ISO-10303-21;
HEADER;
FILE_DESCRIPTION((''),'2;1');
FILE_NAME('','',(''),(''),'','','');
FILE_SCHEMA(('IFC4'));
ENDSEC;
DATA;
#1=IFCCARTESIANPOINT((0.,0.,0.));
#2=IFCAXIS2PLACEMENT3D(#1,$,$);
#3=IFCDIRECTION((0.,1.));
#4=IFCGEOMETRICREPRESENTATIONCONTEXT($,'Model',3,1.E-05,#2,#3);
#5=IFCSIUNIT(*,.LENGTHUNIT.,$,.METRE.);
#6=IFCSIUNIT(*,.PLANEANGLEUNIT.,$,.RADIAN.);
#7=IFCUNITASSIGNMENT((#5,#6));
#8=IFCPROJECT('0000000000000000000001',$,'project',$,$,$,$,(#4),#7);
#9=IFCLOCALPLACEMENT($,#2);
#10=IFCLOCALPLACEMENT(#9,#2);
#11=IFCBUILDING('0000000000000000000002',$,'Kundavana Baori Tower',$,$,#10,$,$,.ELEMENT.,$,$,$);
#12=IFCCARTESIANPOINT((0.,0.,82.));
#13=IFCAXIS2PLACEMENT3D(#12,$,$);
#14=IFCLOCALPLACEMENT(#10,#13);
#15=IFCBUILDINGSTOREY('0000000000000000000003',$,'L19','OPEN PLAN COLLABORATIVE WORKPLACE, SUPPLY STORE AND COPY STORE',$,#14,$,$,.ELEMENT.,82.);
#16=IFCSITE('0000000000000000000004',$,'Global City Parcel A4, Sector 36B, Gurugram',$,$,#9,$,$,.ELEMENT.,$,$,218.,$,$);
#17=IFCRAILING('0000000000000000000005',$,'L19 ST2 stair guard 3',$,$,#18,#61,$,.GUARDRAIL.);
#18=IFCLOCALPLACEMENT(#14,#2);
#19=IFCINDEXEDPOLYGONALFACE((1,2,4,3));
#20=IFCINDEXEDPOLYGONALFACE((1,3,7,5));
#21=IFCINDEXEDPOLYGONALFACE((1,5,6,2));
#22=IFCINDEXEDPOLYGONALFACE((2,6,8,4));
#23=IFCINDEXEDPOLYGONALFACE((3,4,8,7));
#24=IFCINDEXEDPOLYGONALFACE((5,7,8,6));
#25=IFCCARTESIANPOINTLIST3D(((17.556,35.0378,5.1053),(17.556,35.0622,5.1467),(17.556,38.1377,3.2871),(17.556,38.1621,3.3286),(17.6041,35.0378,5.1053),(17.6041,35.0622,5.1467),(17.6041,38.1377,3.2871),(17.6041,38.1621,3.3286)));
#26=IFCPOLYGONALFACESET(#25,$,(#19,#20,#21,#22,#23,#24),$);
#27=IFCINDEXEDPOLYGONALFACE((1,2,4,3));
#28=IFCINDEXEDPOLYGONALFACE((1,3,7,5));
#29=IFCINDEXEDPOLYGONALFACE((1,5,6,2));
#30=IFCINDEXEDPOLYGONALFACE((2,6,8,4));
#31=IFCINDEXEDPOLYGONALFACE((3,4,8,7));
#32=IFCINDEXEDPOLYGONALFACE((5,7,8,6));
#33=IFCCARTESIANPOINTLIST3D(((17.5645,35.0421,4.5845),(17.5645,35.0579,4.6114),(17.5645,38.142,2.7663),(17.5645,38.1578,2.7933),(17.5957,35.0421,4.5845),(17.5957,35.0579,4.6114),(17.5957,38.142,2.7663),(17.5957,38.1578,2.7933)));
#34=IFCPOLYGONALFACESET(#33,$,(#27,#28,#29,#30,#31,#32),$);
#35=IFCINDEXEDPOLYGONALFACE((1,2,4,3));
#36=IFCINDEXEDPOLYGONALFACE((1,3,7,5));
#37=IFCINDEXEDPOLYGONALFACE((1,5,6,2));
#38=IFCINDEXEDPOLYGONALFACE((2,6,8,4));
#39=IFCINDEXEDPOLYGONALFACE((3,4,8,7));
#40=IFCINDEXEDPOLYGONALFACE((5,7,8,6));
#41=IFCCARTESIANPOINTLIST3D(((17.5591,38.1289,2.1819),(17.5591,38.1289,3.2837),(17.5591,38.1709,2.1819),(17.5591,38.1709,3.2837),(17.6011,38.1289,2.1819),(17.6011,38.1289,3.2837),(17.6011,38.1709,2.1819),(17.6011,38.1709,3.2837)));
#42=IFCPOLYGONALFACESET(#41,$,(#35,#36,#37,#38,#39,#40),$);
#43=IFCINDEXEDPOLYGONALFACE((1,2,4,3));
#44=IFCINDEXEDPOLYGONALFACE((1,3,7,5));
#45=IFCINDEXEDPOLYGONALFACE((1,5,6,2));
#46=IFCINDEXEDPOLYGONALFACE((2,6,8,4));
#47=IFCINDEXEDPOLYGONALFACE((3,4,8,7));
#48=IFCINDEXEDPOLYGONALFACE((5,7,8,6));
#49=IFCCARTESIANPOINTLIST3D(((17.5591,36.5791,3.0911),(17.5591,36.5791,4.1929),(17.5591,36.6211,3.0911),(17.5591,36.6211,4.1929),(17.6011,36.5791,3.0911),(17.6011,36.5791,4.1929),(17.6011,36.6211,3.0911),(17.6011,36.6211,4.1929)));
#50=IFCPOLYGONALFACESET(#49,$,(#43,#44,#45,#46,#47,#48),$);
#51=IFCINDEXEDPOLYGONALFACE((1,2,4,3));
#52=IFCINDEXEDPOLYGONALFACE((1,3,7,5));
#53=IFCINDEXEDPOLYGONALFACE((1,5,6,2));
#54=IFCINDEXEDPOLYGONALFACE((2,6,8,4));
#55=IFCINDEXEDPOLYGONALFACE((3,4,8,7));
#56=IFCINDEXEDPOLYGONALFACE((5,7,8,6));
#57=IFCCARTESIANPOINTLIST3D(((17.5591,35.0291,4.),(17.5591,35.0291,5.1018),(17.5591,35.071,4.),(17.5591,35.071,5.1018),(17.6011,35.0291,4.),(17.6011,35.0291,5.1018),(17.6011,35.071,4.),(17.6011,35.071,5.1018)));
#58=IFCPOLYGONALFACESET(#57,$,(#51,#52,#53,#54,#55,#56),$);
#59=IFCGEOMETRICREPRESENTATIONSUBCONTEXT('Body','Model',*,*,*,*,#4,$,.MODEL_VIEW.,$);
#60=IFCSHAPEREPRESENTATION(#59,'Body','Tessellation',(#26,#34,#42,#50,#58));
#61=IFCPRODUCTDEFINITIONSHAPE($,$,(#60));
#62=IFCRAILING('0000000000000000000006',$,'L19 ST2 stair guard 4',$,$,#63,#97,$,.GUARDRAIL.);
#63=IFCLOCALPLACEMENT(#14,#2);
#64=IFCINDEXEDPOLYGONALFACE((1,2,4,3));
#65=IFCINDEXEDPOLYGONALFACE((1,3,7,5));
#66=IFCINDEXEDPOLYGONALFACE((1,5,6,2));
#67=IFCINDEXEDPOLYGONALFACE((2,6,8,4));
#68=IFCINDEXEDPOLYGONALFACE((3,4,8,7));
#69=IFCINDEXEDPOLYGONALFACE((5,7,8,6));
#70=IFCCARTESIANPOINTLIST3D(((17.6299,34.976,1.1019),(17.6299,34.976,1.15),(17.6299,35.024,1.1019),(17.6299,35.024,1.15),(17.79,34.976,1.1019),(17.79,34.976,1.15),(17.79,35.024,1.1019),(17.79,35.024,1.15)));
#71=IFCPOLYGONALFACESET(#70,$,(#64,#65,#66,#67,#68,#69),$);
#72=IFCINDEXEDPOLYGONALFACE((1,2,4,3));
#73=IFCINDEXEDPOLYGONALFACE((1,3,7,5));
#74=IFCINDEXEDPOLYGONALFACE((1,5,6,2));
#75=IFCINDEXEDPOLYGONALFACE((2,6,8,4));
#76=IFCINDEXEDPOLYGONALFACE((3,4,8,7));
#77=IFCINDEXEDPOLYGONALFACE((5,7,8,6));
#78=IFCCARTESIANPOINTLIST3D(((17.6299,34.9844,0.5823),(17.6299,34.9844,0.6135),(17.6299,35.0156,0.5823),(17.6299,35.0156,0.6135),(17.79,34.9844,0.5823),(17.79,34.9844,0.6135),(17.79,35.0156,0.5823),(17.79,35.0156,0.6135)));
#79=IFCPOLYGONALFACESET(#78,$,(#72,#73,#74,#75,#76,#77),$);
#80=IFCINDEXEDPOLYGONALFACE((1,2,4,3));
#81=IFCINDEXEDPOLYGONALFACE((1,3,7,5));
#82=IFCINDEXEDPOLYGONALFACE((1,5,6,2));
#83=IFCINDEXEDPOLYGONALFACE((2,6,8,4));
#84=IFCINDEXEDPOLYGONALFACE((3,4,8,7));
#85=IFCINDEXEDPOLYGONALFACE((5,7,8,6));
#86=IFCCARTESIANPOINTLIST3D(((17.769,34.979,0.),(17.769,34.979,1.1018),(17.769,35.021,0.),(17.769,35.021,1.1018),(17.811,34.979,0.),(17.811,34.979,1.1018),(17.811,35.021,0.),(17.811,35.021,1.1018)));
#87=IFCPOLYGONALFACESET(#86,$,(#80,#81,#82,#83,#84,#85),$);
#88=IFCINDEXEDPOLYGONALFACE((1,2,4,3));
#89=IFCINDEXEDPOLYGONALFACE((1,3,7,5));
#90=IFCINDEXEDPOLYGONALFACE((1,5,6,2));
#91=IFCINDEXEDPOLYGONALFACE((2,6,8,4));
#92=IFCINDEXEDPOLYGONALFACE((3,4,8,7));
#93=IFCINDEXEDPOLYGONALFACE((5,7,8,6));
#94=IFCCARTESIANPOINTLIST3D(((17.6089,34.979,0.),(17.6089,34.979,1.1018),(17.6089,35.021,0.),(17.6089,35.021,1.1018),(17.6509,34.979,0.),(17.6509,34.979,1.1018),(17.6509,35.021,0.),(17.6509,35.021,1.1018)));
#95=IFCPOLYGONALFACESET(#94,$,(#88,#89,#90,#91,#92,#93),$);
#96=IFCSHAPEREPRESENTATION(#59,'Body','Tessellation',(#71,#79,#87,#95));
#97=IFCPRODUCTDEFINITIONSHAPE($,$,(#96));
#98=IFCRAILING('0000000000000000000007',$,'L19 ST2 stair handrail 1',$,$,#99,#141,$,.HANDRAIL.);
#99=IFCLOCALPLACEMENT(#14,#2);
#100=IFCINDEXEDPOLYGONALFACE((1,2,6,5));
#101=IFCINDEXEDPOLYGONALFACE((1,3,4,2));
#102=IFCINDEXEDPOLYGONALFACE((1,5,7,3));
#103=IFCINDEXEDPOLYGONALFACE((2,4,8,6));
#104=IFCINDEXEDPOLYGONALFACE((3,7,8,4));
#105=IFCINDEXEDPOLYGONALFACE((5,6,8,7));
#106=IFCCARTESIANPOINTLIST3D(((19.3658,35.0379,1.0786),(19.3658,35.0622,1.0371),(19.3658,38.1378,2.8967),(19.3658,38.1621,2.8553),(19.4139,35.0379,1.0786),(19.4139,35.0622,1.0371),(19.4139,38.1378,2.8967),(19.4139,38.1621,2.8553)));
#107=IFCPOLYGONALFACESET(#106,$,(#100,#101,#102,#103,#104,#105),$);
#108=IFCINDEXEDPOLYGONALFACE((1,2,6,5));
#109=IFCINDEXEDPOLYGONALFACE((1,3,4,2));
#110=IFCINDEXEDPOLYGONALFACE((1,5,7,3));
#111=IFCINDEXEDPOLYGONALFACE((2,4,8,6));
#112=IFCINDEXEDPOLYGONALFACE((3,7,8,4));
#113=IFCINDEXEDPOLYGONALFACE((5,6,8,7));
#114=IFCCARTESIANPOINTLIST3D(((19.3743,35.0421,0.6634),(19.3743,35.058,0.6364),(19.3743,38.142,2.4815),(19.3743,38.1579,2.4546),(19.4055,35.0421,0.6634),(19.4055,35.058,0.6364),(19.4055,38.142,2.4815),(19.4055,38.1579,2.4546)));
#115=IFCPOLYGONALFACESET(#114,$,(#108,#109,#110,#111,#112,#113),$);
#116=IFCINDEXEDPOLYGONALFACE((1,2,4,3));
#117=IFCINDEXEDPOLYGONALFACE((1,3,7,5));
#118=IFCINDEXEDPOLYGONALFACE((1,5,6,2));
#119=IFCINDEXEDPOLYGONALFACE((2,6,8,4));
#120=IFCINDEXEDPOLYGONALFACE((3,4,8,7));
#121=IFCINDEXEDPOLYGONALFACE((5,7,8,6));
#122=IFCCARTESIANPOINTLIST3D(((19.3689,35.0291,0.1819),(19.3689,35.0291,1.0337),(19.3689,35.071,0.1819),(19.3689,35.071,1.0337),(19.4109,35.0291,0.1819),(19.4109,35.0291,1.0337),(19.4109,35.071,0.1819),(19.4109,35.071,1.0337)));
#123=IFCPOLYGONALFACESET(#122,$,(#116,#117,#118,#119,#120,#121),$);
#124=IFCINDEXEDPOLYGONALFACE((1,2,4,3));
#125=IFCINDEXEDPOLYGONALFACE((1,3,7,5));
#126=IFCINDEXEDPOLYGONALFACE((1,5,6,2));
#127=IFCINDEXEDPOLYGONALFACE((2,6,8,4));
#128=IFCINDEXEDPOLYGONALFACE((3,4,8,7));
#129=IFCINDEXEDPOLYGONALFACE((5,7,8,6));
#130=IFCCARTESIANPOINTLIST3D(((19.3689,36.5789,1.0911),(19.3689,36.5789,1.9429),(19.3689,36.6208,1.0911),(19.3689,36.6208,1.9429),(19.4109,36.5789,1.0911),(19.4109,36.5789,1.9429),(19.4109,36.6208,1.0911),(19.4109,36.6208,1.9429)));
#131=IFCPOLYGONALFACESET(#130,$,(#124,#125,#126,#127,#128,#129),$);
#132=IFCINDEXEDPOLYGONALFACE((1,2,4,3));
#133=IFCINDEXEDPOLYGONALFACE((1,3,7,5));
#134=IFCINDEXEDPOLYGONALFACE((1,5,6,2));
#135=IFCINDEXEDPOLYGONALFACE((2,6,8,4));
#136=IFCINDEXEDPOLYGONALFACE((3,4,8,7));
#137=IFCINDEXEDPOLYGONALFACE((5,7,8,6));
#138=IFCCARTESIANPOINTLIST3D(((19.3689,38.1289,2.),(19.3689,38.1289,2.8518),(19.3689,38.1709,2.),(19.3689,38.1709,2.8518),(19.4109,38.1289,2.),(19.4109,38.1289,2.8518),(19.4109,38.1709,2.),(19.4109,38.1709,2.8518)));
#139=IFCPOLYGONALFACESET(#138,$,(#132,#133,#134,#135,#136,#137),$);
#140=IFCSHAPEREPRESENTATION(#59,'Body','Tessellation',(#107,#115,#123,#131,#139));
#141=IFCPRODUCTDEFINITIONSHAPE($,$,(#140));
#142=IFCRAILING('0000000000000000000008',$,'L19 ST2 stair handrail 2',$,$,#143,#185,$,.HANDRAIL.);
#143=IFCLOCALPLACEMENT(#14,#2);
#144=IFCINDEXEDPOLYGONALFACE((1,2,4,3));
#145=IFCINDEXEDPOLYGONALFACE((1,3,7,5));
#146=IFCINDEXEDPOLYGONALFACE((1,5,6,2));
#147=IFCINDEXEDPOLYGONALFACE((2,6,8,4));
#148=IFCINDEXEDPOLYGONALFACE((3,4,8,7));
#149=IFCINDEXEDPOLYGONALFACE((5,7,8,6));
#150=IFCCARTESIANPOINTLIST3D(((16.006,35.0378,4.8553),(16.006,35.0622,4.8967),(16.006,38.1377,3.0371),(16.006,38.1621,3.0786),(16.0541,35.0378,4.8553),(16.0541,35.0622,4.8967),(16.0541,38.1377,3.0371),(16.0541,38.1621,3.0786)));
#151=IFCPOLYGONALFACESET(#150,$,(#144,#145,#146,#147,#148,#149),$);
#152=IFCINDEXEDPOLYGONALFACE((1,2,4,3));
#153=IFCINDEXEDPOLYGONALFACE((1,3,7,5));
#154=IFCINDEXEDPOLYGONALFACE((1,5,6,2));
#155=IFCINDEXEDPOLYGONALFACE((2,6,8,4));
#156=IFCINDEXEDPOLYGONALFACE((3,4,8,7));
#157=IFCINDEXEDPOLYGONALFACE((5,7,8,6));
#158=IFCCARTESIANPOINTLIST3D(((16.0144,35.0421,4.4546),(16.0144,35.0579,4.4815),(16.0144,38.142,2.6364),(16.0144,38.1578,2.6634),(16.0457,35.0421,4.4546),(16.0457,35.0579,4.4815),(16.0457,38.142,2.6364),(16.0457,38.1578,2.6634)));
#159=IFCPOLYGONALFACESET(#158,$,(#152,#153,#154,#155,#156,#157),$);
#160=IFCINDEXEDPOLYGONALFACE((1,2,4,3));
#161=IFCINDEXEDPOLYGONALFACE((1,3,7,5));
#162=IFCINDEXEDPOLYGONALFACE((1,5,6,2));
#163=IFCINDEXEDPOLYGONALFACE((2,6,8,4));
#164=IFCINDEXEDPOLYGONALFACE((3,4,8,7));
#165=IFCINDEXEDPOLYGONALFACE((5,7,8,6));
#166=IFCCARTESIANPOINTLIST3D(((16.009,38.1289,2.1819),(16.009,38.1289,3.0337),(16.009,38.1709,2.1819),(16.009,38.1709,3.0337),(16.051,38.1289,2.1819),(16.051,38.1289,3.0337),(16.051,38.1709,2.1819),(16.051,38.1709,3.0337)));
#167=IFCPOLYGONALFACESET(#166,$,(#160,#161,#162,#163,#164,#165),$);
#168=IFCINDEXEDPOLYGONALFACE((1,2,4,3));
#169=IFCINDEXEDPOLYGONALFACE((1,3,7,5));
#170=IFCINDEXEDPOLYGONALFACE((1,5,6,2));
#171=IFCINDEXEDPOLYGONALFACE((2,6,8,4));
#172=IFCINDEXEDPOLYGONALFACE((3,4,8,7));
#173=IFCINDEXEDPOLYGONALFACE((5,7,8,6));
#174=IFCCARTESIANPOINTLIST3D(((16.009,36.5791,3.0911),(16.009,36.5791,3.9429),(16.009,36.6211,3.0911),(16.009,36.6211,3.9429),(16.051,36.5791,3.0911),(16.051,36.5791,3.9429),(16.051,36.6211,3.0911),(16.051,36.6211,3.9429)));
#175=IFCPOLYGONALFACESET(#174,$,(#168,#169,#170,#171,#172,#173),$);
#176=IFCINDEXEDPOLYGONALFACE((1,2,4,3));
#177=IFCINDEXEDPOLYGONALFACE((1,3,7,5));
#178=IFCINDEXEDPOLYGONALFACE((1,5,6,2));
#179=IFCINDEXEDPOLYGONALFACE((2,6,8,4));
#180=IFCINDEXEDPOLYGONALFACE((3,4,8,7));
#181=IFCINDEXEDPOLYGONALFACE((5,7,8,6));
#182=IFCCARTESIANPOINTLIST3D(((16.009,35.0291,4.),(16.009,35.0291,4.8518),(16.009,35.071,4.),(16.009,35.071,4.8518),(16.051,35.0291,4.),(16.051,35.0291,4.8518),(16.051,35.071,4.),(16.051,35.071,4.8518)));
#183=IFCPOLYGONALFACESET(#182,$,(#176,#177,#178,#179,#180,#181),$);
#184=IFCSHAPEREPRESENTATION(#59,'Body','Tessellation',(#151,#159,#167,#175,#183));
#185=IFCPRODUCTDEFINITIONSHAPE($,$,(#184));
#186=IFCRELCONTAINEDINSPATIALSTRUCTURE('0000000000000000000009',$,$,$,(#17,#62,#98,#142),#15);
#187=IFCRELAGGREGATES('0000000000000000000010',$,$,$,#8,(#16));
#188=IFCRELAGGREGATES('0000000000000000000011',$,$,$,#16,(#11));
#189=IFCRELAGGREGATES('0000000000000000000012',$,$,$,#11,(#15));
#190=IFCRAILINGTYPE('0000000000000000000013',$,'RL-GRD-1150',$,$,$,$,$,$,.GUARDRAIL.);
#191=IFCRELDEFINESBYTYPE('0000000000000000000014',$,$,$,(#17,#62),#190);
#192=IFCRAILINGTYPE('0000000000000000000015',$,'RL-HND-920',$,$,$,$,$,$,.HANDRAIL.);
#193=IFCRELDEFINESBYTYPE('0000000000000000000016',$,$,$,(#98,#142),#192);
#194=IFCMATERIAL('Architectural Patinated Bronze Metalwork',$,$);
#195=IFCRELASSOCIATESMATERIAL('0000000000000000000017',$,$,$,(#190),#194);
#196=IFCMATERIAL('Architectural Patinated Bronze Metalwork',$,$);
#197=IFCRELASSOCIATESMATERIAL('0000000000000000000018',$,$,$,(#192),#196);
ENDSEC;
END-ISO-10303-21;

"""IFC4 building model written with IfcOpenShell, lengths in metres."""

from ifc_helpers import new_model, si_unit, direction, frame, origin, origin_2d, place, context, subcontext, project, spatial, rectangle, extrude, material, type_object, element, save


model = new_model("IFC4")

# Units and contexts
model_context = context("Model", 3, precision=1e-05, world=origin(), true_north=direction((0.0, 1.0)))
body_context = subcontext(model_context, "Body", "Model", "MODEL_VIEW")
ifc_project = project(units=[si_unit("LENGTHUNIT", "METRE"), si_unit("PLANEANGLEUNIT", "RADIAN")], contexts=[model_context])

# Site, building, storey
site_placement = place(None, origin())
site = spatial("IfcSite", under=ifc_project, at=site_placement, Name="Global City Parcel A4, Sector 36B, Gurugram", CompositionType="ELEMENT", RefElevation=218.0)
building_placement = place(site_placement, origin())
building = spatial("IfcBuilding", under=site, at=building_placement, Name="Kundavana Baori Tower", CompositionType="ELEMENT")
storey_placement = place(building_placement, frame((0.0, 0.0, 82.0)))
storey = spatial("IfcBuildingStorey", under=building, at=storey_placement, Name="L19", Description="OPEN PLAN COLLABORATIVE WORKPLACE, SUPPLY STORE AND COPY STORE", CompositionType="ELEMENT", Elevation=82.0)

# Railings
ifc_material_1 = material(Name="Architectural Patinated Bronze Metalwork")
railing_type_1 = type_object("IfcRailingType", Name="RL-GRD-1150", PredefinedType="GUARDRAIL", material=ifc_material_1)
railing_1_placement = place(storey_placement, frame((17.5801, 38.1499, 2.1819)))
element("IfcRailing", 1, at=railing_1_placement, inside=storey, type_object=railing_type_1, Name="L19 ST2 stair guard 3", PredefinedType="GUARDRAIL", context=body_context, shape_type="SweptSolid", body=[
    extrude(rectangle(XDim=0.0481, YDim=0.0481, at=origin_2d()), frame((0.0, 0.0, 1.126), z_axis=(0.0, -0.862581, 0.505918), x_axis=(1.0, 0.0, 0.0)), (0.0, 0.0, 1.0), 3.5938),
    extrude(rectangle(XDim=0.0312, YDim=0.0312, at=origin_2d()), frame((0.0, 0.0, 0.5979), z_axis=(0.0, -0.862581, 0.505918), x_axis=(1.0, 0.0, 0.0)), (0.0, 0.0, 1.0), 3.5938),
    extrude(rectangle(XDim=0.042, YDim=0.042, at=origin_2d()), origin(), (0.0, 0.0, 1.0), 1.1018),
    extrude(rectangle(XDim=0.042, YDim=0.042, at=origin_2d()), frame((0.0, -1.5498, 0.9092)), (0.0, 0.0, 1.0), 1.1018),
    extrude(rectangle(XDim=0.042, YDim=0.042, at=origin_2d()), frame((0.0, -3.0999, 1.8181)), (0.0, 0.0, 1.0), 1.1018),
])
railing_2_placement = place(storey_placement, frame((17.79, 35.0, 0.0)))
element("IfcRailing", 2, at=railing_2_placement, inside=storey, type_object=railing_type_1, Name="L19 ST2 stair guard 4", PredefinedType="GUARDRAIL", context=body_context, shape_type="SweptSolid", body=[
    extrude(rectangle(XDim=0.0481, YDim=0.0481, at=origin_2d()), frame((0.0, 0.0, 1.126), z_axis=(-1.0, 0.0, 0.0), x_axis=(0.0, -1.0, 0.0)), (0.0, 0.0, 1.0), 0.1602),
    extrude(rectangle(XDim=0.0312, YDim=0.0312, at=origin_2d()), frame((0.0, 0.0, 0.5979), z_axis=(-1.0, 0.0, 0.0), x_axis=(0.0, -1.0, 0.0)), (0.0, 0.0, 1.0), 0.1602),
    extrude(rectangle(XDim=0.042, YDim=0.042, at=origin_2d()), origin(), (0.0, 0.0, 1.0), 1.1018),
    extrude(rectangle(XDim=0.042, YDim=0.042, at=origin_2d()), frame((-0.1602, 0.0, 0.0)), (0.0, 0.0, 1.0), 1.1018),
])
ifc_material_2 = material(Name="Architectural Patinated Bronze Metalwork")
railing_type_2 = type_object("IfcRailingType", Name="RL-HND-920", PredefinedType="HANDRAIL", material=ifc_material_2)
railing_3_placement = place(storey_placement, frame((19.3899, 35.05, 0.1819)))
element("IfcRailing", 3, at=railing_3_placement, inside=storey, type_object=railing_type_2, Name="L19 ST2 stair handrail 1", PredefinedType="HANDRAIL", context=body_context, shape_type="SweptSolid", body=[
    extrude(rectangle(XDim=0.0481, YDim=0.0481, at=origin_2d()), frame((0.0, 0.0, 0.876), z_axis=(0.0, 0.862581, 0.505918), x_axis=(-1.0, 0.0, 0.0)), (0.0, 0.0, 1.0), 3.5938),
    extrude(rectangle(XDim=0.0312, YDim=0.0312, at=origin_2d()), frame((0.0, 0.0, 0.468), z_axis=(0.0, 0.862581, 0.505918), x_axis=(-1.0, 0.0, 0.0)), (0.0, 0.0, 1.0), 3.5938),
    extrude(rectangle(XDim=0.042, YDim=0.042, at=origin_2d()), origin(), (0.0, 0.0, 1.0), 0.8518),
    extrude(rectangle(XDim=0.042, YDim=0.042, at=origin_2d()), frame((0.0, 1.5498, 0.9092)), (0.0, 0.0, 1.0), 0.8518),
    extrude(rectangle(XDim=0.042, YDim=0.042, at=origin_2d()), frame((0.0, 3.0999, 1.8181)), (0.0, 0.0, 1.0), 0.8518),
])
railing_4_placement = place(storey_placement, frame((16.03, 38.1499, 2.1819)))
element("IfcRailing", 4, at=railing_4_placement, inside=storey, type_object=railing_type_2, Name="L19 ST2 stair handrail 2", PredefinedType="HANDRAIL", context=body_context, shape_type="SweptSolid", body=[
    extrude(rectangle(XDim=0.0481, YDim=0.0481, at=origin_2d()), frame((0.0, 0.0, 0.876), z_axis=(0.0, -0.862581, 0.505918), x_axis=(1.0, 0.0, 0.0)), (0.0, 0.0, 1.0), 3.5938),
    extrude(rectangle(XDim=0.0312, YDim=0.0312, at=origin_2d()), frame((0.0, 0.0, 0.468), z_axis=(0.0, -0.862581, 0.505918), x_axis=(1.0, 0.0, 0.0)), (0.0, 0.0, 1.0), 3.5938),
    extrude(rectangle(XDim=0.042, YDim=0.042, at=origin_2d()), origin(), (0.0, 0.0, 1.0), 0.8518),
    extrude(rectangle(XDim=0.042, YDim=0.042, at=origin_2d()), frame((0.0, -1.5498, 0.9092)), (0.0, 0.0, 1.0), 0.8518),
    extrude(rectangle(XDim=0.042, YDim=0.042, at=origin_2d()), frame((0.0, -3.0999, 1.8181)), (0.0, 0.0, 1.0), 0.8518),
])

save(model, "model.ifc")
